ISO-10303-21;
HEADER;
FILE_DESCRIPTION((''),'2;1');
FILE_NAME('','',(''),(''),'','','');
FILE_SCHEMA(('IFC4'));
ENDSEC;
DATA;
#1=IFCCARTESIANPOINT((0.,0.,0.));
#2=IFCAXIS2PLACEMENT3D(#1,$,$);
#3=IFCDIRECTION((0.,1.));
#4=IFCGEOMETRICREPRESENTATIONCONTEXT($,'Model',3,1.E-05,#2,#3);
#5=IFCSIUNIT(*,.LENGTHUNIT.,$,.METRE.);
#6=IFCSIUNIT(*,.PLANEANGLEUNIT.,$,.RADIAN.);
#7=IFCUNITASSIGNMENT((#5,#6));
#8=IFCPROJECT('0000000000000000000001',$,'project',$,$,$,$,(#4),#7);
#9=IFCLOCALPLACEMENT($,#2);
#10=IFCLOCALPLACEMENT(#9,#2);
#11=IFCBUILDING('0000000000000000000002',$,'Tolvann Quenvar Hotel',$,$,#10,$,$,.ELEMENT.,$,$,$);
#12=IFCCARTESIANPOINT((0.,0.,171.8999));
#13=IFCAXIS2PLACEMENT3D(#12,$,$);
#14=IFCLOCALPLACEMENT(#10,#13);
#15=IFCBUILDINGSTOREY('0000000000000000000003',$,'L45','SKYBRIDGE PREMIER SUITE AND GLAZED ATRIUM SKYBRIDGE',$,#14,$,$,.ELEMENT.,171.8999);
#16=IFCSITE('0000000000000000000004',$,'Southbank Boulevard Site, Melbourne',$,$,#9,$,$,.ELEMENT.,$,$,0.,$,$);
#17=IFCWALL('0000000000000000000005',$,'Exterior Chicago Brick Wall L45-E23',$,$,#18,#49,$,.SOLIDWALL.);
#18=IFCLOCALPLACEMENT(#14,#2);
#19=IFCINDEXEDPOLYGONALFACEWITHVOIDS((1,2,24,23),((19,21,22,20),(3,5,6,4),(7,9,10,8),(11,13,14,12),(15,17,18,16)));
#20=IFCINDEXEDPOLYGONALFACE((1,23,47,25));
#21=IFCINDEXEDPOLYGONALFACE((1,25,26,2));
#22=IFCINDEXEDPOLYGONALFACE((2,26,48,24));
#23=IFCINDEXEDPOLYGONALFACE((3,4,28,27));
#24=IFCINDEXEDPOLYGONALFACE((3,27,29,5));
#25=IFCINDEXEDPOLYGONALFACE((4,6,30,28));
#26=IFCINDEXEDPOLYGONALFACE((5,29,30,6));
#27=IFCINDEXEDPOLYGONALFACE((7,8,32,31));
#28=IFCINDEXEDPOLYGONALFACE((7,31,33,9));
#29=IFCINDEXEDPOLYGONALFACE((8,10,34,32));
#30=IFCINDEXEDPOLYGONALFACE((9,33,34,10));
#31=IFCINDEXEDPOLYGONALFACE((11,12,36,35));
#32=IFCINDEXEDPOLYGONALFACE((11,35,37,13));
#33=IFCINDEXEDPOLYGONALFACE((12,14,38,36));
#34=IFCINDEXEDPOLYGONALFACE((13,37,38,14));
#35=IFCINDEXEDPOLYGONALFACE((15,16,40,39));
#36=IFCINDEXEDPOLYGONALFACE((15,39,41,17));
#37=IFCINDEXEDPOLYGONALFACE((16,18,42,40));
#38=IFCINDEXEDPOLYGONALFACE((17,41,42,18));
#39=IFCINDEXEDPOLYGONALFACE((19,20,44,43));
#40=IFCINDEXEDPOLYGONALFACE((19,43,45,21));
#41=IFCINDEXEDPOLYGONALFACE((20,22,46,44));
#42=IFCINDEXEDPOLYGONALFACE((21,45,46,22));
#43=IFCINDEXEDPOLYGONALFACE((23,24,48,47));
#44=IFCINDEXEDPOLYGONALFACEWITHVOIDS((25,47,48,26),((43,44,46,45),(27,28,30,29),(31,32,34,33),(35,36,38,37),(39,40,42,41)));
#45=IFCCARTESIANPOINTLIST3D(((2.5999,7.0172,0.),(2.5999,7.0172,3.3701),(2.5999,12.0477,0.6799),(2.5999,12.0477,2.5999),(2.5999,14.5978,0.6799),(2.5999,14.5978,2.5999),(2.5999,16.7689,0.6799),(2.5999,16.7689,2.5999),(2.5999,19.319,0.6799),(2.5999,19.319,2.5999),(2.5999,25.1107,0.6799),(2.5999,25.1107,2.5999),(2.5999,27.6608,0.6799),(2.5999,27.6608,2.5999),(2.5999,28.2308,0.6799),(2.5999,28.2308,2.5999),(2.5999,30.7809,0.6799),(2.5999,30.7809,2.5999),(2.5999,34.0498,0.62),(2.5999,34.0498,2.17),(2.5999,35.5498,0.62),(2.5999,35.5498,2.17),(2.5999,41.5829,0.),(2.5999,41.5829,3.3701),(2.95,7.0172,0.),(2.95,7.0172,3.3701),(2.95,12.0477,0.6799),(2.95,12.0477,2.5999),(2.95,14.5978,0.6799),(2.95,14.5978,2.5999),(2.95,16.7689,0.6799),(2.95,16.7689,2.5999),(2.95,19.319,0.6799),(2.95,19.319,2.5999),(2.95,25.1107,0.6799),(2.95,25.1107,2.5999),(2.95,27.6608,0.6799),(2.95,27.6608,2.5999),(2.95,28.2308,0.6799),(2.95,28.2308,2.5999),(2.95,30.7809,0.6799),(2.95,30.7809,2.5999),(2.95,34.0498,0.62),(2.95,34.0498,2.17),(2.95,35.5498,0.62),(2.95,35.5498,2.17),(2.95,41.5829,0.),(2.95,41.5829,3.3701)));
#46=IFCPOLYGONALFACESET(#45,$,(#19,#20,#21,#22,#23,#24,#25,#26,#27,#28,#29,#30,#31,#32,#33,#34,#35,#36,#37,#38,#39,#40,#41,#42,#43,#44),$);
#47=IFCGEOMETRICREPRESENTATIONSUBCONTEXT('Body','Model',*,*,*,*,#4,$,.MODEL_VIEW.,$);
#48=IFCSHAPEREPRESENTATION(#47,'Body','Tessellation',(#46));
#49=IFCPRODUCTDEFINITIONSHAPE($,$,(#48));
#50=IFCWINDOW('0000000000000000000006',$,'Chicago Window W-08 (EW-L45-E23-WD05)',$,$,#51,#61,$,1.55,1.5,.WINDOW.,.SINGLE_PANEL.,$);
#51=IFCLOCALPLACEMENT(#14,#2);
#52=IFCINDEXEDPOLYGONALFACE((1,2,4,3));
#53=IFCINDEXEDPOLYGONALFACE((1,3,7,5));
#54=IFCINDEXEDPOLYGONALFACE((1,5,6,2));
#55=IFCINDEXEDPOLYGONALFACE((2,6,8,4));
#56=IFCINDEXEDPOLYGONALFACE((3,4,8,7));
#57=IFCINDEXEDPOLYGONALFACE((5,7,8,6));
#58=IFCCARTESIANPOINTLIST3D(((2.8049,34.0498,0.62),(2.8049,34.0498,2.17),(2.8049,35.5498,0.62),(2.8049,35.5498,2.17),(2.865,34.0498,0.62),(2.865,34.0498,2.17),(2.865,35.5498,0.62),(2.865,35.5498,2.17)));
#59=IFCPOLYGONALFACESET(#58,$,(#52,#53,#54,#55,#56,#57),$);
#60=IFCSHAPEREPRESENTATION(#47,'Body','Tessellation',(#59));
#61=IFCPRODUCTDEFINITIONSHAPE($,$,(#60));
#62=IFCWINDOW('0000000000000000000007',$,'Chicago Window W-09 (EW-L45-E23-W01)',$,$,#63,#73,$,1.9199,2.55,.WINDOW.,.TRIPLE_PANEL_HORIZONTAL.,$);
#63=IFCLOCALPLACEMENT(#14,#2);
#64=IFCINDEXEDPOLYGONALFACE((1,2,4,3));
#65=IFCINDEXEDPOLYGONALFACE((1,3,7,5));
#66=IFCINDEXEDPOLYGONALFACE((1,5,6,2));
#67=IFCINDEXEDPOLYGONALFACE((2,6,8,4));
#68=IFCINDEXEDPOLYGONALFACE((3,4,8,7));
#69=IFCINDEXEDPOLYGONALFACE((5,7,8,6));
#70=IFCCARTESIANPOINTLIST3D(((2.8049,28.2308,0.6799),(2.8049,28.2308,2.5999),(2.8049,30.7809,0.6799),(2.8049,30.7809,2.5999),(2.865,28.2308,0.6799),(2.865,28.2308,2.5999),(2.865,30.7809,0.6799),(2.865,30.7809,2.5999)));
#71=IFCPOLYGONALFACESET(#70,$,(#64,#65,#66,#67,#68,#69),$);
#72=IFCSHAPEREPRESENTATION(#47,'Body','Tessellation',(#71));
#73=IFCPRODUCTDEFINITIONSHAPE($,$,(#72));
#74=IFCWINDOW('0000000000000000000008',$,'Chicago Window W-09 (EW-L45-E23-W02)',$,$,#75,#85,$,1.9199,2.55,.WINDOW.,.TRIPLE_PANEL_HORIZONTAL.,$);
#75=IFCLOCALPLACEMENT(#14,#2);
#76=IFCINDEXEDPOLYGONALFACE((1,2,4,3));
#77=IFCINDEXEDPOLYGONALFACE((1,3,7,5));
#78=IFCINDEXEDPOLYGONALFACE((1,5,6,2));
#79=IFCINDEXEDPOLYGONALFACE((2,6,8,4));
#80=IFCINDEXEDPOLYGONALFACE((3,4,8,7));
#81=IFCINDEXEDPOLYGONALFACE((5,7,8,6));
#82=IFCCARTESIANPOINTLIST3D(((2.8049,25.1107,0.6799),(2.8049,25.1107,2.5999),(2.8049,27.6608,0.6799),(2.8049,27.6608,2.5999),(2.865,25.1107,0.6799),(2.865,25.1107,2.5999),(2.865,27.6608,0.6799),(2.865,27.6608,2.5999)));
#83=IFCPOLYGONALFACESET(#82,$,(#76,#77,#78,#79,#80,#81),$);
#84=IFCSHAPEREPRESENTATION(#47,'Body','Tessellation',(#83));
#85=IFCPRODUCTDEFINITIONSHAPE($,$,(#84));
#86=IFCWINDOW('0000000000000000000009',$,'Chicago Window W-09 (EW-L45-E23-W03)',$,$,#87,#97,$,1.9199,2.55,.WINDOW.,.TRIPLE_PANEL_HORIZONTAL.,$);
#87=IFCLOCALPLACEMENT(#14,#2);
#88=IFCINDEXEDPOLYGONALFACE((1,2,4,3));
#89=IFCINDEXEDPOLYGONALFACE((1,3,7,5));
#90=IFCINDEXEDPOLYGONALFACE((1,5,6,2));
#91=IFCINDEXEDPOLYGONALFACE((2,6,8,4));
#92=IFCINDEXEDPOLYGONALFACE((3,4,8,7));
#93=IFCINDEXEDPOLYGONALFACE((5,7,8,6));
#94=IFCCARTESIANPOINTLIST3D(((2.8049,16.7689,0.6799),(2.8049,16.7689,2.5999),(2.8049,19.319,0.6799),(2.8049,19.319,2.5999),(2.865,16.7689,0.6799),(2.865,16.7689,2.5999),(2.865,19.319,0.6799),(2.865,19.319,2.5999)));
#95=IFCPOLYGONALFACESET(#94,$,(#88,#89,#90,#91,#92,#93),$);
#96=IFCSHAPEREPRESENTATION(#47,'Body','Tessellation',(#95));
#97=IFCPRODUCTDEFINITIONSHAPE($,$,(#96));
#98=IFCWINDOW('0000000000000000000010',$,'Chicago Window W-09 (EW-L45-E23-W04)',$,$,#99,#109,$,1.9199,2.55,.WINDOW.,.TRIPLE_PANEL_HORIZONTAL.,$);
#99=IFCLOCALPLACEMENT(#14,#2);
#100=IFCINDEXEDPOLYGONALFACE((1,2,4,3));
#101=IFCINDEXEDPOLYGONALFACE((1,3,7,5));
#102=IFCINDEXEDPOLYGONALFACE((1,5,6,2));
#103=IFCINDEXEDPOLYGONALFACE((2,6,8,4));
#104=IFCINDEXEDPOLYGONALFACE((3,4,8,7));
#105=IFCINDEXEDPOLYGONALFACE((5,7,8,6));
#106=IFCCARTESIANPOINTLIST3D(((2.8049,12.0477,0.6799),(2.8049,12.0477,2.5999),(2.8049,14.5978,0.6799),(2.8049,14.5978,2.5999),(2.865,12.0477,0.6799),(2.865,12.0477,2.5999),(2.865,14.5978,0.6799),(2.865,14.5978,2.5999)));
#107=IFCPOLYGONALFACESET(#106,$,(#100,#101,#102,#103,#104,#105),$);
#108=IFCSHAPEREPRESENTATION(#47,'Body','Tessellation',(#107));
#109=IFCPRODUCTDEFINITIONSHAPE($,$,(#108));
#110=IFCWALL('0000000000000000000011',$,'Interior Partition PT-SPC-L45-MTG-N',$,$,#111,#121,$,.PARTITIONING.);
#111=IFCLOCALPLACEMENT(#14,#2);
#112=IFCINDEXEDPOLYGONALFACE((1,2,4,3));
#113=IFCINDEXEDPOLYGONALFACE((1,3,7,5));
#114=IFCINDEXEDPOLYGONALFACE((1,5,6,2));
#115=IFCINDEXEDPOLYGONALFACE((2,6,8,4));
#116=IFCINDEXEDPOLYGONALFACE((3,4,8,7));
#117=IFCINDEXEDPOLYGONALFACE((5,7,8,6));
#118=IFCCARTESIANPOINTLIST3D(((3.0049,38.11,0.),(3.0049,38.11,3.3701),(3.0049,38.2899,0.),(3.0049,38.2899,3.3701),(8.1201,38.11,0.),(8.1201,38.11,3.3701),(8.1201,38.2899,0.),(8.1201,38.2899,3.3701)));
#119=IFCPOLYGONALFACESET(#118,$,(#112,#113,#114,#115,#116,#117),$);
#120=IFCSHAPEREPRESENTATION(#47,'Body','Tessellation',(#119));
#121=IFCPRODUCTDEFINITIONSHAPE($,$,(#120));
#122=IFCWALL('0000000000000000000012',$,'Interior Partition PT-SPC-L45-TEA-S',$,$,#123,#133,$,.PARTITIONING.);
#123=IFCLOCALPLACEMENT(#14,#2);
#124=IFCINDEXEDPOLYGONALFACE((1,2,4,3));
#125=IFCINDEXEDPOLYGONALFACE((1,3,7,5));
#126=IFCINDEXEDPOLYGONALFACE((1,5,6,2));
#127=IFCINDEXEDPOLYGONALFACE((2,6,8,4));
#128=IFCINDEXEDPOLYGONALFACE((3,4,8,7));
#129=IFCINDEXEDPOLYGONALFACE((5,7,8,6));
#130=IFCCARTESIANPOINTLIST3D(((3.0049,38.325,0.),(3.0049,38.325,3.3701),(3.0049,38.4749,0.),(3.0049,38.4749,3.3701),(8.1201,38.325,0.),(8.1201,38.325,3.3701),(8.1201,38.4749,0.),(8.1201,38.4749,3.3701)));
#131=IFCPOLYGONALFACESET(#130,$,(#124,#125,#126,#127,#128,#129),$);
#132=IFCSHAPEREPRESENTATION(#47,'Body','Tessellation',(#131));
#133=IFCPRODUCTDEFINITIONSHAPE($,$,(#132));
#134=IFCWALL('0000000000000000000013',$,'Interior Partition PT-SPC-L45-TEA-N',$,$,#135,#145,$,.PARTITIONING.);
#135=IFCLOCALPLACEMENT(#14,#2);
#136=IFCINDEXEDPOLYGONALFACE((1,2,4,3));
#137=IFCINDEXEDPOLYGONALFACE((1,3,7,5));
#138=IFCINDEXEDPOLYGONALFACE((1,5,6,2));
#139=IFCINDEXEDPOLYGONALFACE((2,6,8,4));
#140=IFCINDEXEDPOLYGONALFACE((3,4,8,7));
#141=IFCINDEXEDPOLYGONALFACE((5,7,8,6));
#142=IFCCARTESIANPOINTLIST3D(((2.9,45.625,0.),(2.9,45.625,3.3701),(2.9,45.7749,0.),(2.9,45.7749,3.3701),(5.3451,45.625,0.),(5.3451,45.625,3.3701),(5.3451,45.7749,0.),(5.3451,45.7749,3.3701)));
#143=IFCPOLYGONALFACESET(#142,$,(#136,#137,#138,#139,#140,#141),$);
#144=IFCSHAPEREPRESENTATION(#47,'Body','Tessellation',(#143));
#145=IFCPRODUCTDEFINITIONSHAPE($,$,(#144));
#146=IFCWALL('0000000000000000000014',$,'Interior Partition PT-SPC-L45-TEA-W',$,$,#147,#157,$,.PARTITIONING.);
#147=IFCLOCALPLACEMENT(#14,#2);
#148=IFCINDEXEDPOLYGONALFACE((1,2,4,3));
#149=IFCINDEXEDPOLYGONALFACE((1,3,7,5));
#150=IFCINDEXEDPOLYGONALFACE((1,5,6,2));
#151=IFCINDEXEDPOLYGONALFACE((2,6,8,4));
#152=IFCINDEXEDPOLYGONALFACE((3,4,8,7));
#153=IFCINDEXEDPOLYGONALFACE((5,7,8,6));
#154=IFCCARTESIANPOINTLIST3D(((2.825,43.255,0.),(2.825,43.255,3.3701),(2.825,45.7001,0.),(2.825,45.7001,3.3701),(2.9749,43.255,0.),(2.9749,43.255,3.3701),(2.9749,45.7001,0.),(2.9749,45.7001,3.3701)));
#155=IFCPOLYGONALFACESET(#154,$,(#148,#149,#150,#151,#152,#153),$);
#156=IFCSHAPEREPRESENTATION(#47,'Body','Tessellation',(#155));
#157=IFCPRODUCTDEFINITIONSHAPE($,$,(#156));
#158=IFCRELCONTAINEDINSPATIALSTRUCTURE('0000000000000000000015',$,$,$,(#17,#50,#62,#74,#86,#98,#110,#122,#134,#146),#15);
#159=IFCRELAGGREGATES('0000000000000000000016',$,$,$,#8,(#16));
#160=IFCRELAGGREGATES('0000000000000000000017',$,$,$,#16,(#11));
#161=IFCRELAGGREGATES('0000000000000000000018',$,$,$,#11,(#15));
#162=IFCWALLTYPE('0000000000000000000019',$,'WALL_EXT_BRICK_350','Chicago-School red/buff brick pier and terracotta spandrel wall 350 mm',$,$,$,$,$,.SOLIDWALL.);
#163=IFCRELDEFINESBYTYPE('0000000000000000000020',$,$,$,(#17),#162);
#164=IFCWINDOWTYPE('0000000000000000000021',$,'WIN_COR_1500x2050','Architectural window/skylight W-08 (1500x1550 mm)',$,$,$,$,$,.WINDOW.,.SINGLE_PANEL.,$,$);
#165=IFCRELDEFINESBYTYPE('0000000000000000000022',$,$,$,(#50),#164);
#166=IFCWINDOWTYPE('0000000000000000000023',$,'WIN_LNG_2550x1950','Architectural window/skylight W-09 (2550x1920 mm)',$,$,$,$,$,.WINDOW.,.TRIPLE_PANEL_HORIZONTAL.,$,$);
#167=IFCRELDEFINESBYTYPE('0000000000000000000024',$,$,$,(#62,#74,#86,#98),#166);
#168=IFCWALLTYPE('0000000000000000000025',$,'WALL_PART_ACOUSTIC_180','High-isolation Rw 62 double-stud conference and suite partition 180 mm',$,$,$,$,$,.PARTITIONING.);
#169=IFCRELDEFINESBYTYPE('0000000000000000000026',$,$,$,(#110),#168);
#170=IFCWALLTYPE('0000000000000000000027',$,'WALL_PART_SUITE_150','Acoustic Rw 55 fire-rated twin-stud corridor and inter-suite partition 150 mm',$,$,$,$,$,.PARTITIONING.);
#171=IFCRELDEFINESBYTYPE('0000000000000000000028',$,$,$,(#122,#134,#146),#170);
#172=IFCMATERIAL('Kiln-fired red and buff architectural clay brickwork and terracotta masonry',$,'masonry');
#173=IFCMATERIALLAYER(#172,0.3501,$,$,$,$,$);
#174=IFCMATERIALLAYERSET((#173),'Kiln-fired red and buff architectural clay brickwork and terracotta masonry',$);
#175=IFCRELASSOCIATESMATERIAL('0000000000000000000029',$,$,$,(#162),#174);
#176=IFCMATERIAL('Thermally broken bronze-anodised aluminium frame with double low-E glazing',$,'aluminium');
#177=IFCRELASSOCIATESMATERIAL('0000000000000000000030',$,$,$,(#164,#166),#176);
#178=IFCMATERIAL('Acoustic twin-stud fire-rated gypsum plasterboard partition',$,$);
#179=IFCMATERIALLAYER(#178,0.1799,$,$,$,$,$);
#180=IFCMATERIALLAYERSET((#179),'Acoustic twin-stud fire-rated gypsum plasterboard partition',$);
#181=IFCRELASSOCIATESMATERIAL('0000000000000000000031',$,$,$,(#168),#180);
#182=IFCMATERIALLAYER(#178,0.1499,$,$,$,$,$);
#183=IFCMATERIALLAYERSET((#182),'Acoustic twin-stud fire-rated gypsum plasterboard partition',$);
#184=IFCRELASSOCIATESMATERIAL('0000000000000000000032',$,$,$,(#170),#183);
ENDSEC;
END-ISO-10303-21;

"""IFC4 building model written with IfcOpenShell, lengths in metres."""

from ifc_helpers import new_model, si_unit, direction, frame, frame_2d, origin, place, context, subcontext, project, spatial, rectangle, extrude, source, transform, mapped, material, layer, layer_set, type_object, type_shapes, element, fill, save


model = new_model("IFC4")

# Units and contexts
model_context = context("Model", 3, precision=1e-05, world=origin(), true_north=direction((0.0, 1.0)))
body_context = subcontext(model_context, "Body", "Model", "MODEL_VIEW")
ifc_project = project(units=[si_unit("LENGTHUNIT", "METRE"), si_unit("PLANEANGLEUNIT", "RADIAN")], contexts=[model_context])

# Site, building, storey
site_placement = place(None, origin())
site = spatial("IfcSite", under=ifc_project, at=site_placement, Name="Southbank Boulevard Site, Melbourne", CompositionType="ELEMENT", RefElevation=0.0)
building_placement = place(site_placement, origin())
building = spatial("IfcBuilding", under=site, at=building_placement, Name="Tolvann Quenvar Hotel", CompositionType="ELEMENT")
storey_placement = place(building_placement, frame((0.0, 0.0, 171.8999)))
storey = spatial("IfcBuildingStorey", under=building, at=storey_placement, Name="L45", Description="SKYBRIDGE PREMIER SUITE AND GLAZED ATRIUM SKYBRIDGE", CompositionType="ELEMENT", Elevation=171.8999)

# Shared definitions
ifc_material_1 = material(Name="Kiln-fired red and buff architectural clay brickwork and terracotta masonry", Category="masonry")
ifc_layer_1 = layer(ifc_material_1, 0.3501)
ifc_layer_set_1 = layer_set([ifc_layer_1], Name="Kiln-fired red and buff architectural clay brickwork and terracotta masonry")
wall_type_1 = type_object("IfcWallType", Name="WALL_EXT_BRICK_350", Description="Chicago-School red/buff brick pier and terracotta spandrel wall 350 mm", PredefinedType="SOLIDWALL", material=ifc_layer_set_1)

# Wall, openings, windows
wall_1_placement = place(storey_placement, frame((2.7749, 41.5828, 0.0), z_axis=(0.0, 0.0, 1.0), x_axis=(0.0, -1.0, 0.0)))
wall_1 = element("IfcWall", 1, at=wall_1_placement, inside=storey, type_object=wall_type_1, Name="Exterior Chicago Brick Wall L45-E23", PredefinedType="SOLIDWALL", context=body_context, shape_type="SweptSolid", body=[
    extrude(rectangle(XDim=34.5657, YDim=0.3501, at=frame_2d((17.2827, 0.0))), origin(), (0.0, 0.0, 1.0), 3.3701),
])
opening_1_placement = place(wall_1_placement, frame((10.802, 0.0, 0.6799)))
opening_1 = element("IfcOpeningElement", 2, at=opening_1_placement, cuts=wall_1, PredefinedType="OPENING", context=body_context, shape_type="SweptSolid", body=[
    extrude(rectangle(XDim=2.55, YDim=1.9199, at=frame_2d((1.2749, 0.96))), frame((0.0, 0.1851, 0.0), z_axis=(0.0, -1.0, 0.0), x_axis=(1.0, 0.0, 0.0)), (0.0, 0.0, 1.0), 0.3701),
])
opening_2_placement = place(wall_1_placement, frame((13.9221, 0.0, 0.6799)))
opening_2 = element("IfcOpeningElement", 3, at=opening_2_placement, cuts=wall_1, PredefinedType="OPENING", context=body_context, shape_type="SweptSolid", body=[
    extrude(rectangle(XDim=2.55, YDim=1.9199, at=frame_2d((1.2749, 0.96))), frame((0.0, 0.1851, 0.0), z_axis=(0.0, -1.0, 0.0), x_axis=(1.0, 0.0, 0.0)), (0.0, 0.0, 1.0), 0.3701),
])
opening_3_placement = place(wall_1_placement, frame((22.2639, 0.0, 0.6799)))
opening_3 = element("IfcOpeningElement", 4, at=opening_3_placement, cuts=wall_1, PredefinedType="OPENING", context=body_context, shape_type="SweptSolid", body=[
    extrude(rectangle(XDim=2.55, YDim=1.9199, at=frame_2d((1.2749, 0.96))), frame((0.0, 0.1851, 0.0), z_axis=(0.0, -1.0, 0.0), x_axis=(1.0, 0.0, 0.0)), (0.0, 0.0, 1.0), 0.3701),
])
opening_4_placement = place(wall_1_placement, frame((26.9851, 0.0, 0.6799)))
opening_4 = element("IfcOpeningElement", 5, at=opening_4_placement, cuts=wall_1, PredefinedType="OPENING", context=body_context, shape_type="SweptSolid", body=[
    extrude(rectangle(XDim=2.55, YDim=1.9199, at=frame_2d((1.2749, 0.96))), frame((0.0, 0.1851, 0.0), z_axis=(0.0, -1.0, 0.0), x_axis=(1.0, 0.0, 0.0)), (0.0, 0.0, 1.0), 0.3701),
])
opening_5_placement = place(wall_1_placement, frame((6.033, 0.0, 0.6201)))
opening_5 = element("IfcOpeningElement", 6, at=opening_5_placement, cuts=wall_1, PredefinedType="OPENING", context=body_context, shape_type="SweptSolid", body=[
    extrude(rectangle(XDim=1.5, YDim=1.55, at=frame_2d((0.75, 0.7749))), frame((0.0, 0.1851, 0.0), z_axis=(0.0, -1.0, 0.0), x_axis=(1.0, 0.0, 0.0)), (0.0, 0.0, 1.0), 0.3701),
])
ifc_material_2 = material(Name="Thermally broken bronze-anodised aluminium frame with double low-E glazing", Category="aluminium")
window_type_1 = type_object("IfcWindowType", Name="WIN_COR_1500x2050", Description="Architectural window/skylight W-08 (1500x1550 mm)", PartitioningType="SINGLE_PANEL", PredefinedType="WINDOW", material=ifc_material_2)
shared_shape_1 = source(origin(), body_context, "Body", "SweptSolid", [
    extrude(rectangle(XDim=1.5, YDim=1.55, at=frame_2d((0.75, 0.7749))), frame((0.0, 0.0901, 0.0), z_axis=(0.0, -1.0, 0.0), x_axis=(1.0, 0.0, 0.0)), (0.0, 0.0, 1.0), 0.0601),
])
type_shapes(window_type_1, [shared_shape_1])
window_1_placement = place(opening_5_placement, origin())
window_1 = element("IfcWindow", 7, at=window_1_placement, inside=storey, type_object=window_type_1, Name="Chicago Window W-08 (EW-L45-E23-WD05)", OverallHeight=1.55, OverallWidth=1.5, PartitioningType="SINGLE_PANEL", PredefinedType="WINDOW", context=body_context, shape_type="MappedRepresentation", body=[
    mapped(shared_shape_1, transform((0.0, 0.0, 0.0), x_axis=(1.0, 0.0, 0.0), y_axis=(0.0, 1.0, 0.0), z_axis=(0.0, 0.0, 1.0), scale=1.0)),
])
fill(opening_5, window_1)
window_type_2 = type_object("IfcWindowType", Name="WIN_LNG_2550x1950", Description="Architectural window/skylight W-09 (2550x1920 mm)", PartitioningType="TRIPLE_PANEL_HORIZONTAL", PredefinedType="WINDOW", material=ifc_material_2)
shared_shape_2 = source(origin(), body_context, "Body", "SweptSolid", [
    extrude(rectangle(XDim=2.55, YDim=1.9199, at=frame_2d((1.2749, 0.96))), frame((0.0, 0.0901, 0.0), z_axis=(0.0, -1.0, 0.0), x_axis=(1.0, 0.0, 0.0)), (0.0, 0.0, 1.0), 0.0601),
])
type_shapes(window_type_2, [shared_shape_2])
window_2_placement = place(opening_1_placement, origin())
window_2 = element("IfcWindow", 8, at=window_2_placement, inside=storey, type_object=window_type_2, Name="Chicago Window W-09 (EW-L45-E23-W01)", OverallHeight=1.9199, OverallWidth=2.55, PartitioningType="TRIPLE_PANEL_HORIZONTAL", PredefinedType="WINDOW", context=body_context, shape_type="MappedRepresentation", body=[
    mapped(shared_shape_2, transform((0.0, 0.0, 0.0), x_axis=(1.0, 0.0, 0.0), y_axis=(0.0, 1.0, 0.0), z_axis=(0.0, 0.0, 1.0), scale=1.0)),
])
fill(opening_1, window_2)
window_3_placement = place(opening_2_placement, origin())
window_3 = element("IfcWindow", 9, at=window_3_placement, inside=storey, type_object=window_type_2, Name="Chicago Window W-09 (EW-L45-E23-W02)", OverallHeight=1.9199, OverallWidth=2.55, PartitioningType="TRIPLE_PANEL_HORIZONTAL", PredefinedType="WINDOW", context=body_context, shape_type="MappedRepresentation", body=[
    mapped(shared_shape_2, transform((0.0, 0.0, 0.0), x_axis=(1.0, 0.0, 0.0), y_axis=(0.0, 1.0, 0.0), z_axis=(0.0, 0.0, 1.0), scale=1.0)),
])
fill(opening_2, window_3)
window_4_placement = place(opening_3_placement, origin())
window_4 = element("IfcWindow", 10, at=window_4_placement, inside=storey, type_object=window_type_2, Name="Chicago Window W-09 (EW-L45-E23-W03)", OverallHeight=1.9199, OverallWidth=2.55, PartitioningType="TRIPLE_PANEL_HORIZONTAL", PredefinedType="WINDOW", context=body_context, shape_type="MappedRepresentation", body=[
    mapped(shared_shape_2, transform((0.0, 0.0, 0.0), x_axis=(1.0, 0.0, 0.0), y_axis=(0.0, 1.0, 0.0), z_axis=(0.0, 0.0, 1.0), scale=1.0)),
])
fill(opening_3, window_4)
window_5_placement = place(opening_4_placement, origin())
window_5 = element("IfcWindow", 11, at=window_5_placement, inside=storey, type_object=window_type_2, Name="Chicago Window W-09 (EW-L45-E23-W04)", OverallHeight=1.9199, OverallWidth=2.55, PartitioningType="TRIPLE_PANEL_HORIZONTAL", PredefinedType="WINDOW", context=body_context, shape_type="MappedRepresentation", body=[
    mapped(shared_shape_2, transform((0.0, 0.0, 0.0), x_axis=(1.0, 0.0, 0.0), y_axis=(0.0, 1.0, 0.0), z_axis=(0.0, 0.0, 1.0), scale=1.0)),
])
fill(opening_4, window_5)

# Walls
ifc_material_3 = material(Name="Acoustic twin-stud fire-rated gypsum plasterboard partition")
ifc_layer_2 = layer(ifc_material_3, 0.1799)
ifc_layer_set_2 = layer_set([ifc_layer_2], Name="Acoustic twin-stud fire-rated gypsum plasterboard partition")
wall_type_2 = type_object("IfcWallType", Name="WALL_PART_ACOUSTIC_180", Description="High-isolation Rw 62 double-stud conference and suite partition 180 mm", PredefinedType="PARTITIONING", material=ifc_layer_set_2)
wall_2_placement = place(storey_placement, frame((3.0049, 38.2, 0.0), z_axis=(0.0, 0.0, 1.0), x_axis=(1.0, 0.0, 0.0)))
element("IfcWall", 12, at=wall_2_placement, inside=storey, type_object=wall_type_2, Name="Interior Partition PT-SPC-L45-MTG-N", PredefinedType="PARTITIONING", context=body_context, shape_type="SweptSolid", body=[
    extrude(rectangle(XDim=5.1152, YDim=0.1799, at=frame_2d((2.5576, 0.0))), origin(), (0.0, 0.0, 1.0), 3.3701),
])
ifc_layer_3 = layer(ifc_material_3, 0.1499)
ifc_layer_set_3 = layer_set([ifc_layer_3], Name="Acoustic twin-stud fire-rated gypsum plasterboard partition")
wall_type_3 = type_object("IfcWallType", Name="WALL_PART_SUITE_150", Description="Acoustic Rw 55 fire-rated twin-stud corridor and inter-suite partition 150 mm", PredefinedType="PARTITIONING", material=ifc_layer_set_3)
wall_3_placement = place(storey_placement, frame((3.0049, 38.3999, 0.0), z_axis=(0.0, 0.0, 1.0), x_axis=(1.0, 0.0, 0.0)))
element("IfcWall", 13, at=wall_3_placement, inside=storey, type_object=wall_type_3, Name="Interior Partition PT-SPC-L45-TEA-S", PredefinedType="PARTITIONING", context=body_context, shape_type="SweptSolid", body=[
    extrude(rectangle(XDim=5.1152, YDim=0.1499, at=frame_2d((2.5576, 0.0))), origin(), (0.0, 0.0, 1.0), 3.3701),
])
for number, where, z_axis, x_axis, name in (
    (14, (2.8999, 45.7, 0.0), (0.0, 0.0, 1.0), (1.0, 0.0, 0.0), "Interior Partition PT-SPC-L45-TEA-N"),
    (15, (2.8999, 43.2549, 0.0), (0.0, 0.0, 1.0), (0.0, 1.0, 0.0), "Interior Partition PT-SPC-L45-TEA-W"),
):
    element("IfcWall", number, at=place(storey_placement, frame(where, z_axis=z_axis, x_axis=x_axis)), inside=storey, type_object=wall_type_3, Name=name, PredefinedType="PARTITIONING", context=body_context, shape_type="SweptSolid", body=[
        extrude(rectangle(XDim=2.4451, YDim=0.1499, at=frame_2d((1.2227, 0.0))), origin(), (0.0, 0.0, 1.0), 3.3701),
    ])

save(model, "model.ifc")
